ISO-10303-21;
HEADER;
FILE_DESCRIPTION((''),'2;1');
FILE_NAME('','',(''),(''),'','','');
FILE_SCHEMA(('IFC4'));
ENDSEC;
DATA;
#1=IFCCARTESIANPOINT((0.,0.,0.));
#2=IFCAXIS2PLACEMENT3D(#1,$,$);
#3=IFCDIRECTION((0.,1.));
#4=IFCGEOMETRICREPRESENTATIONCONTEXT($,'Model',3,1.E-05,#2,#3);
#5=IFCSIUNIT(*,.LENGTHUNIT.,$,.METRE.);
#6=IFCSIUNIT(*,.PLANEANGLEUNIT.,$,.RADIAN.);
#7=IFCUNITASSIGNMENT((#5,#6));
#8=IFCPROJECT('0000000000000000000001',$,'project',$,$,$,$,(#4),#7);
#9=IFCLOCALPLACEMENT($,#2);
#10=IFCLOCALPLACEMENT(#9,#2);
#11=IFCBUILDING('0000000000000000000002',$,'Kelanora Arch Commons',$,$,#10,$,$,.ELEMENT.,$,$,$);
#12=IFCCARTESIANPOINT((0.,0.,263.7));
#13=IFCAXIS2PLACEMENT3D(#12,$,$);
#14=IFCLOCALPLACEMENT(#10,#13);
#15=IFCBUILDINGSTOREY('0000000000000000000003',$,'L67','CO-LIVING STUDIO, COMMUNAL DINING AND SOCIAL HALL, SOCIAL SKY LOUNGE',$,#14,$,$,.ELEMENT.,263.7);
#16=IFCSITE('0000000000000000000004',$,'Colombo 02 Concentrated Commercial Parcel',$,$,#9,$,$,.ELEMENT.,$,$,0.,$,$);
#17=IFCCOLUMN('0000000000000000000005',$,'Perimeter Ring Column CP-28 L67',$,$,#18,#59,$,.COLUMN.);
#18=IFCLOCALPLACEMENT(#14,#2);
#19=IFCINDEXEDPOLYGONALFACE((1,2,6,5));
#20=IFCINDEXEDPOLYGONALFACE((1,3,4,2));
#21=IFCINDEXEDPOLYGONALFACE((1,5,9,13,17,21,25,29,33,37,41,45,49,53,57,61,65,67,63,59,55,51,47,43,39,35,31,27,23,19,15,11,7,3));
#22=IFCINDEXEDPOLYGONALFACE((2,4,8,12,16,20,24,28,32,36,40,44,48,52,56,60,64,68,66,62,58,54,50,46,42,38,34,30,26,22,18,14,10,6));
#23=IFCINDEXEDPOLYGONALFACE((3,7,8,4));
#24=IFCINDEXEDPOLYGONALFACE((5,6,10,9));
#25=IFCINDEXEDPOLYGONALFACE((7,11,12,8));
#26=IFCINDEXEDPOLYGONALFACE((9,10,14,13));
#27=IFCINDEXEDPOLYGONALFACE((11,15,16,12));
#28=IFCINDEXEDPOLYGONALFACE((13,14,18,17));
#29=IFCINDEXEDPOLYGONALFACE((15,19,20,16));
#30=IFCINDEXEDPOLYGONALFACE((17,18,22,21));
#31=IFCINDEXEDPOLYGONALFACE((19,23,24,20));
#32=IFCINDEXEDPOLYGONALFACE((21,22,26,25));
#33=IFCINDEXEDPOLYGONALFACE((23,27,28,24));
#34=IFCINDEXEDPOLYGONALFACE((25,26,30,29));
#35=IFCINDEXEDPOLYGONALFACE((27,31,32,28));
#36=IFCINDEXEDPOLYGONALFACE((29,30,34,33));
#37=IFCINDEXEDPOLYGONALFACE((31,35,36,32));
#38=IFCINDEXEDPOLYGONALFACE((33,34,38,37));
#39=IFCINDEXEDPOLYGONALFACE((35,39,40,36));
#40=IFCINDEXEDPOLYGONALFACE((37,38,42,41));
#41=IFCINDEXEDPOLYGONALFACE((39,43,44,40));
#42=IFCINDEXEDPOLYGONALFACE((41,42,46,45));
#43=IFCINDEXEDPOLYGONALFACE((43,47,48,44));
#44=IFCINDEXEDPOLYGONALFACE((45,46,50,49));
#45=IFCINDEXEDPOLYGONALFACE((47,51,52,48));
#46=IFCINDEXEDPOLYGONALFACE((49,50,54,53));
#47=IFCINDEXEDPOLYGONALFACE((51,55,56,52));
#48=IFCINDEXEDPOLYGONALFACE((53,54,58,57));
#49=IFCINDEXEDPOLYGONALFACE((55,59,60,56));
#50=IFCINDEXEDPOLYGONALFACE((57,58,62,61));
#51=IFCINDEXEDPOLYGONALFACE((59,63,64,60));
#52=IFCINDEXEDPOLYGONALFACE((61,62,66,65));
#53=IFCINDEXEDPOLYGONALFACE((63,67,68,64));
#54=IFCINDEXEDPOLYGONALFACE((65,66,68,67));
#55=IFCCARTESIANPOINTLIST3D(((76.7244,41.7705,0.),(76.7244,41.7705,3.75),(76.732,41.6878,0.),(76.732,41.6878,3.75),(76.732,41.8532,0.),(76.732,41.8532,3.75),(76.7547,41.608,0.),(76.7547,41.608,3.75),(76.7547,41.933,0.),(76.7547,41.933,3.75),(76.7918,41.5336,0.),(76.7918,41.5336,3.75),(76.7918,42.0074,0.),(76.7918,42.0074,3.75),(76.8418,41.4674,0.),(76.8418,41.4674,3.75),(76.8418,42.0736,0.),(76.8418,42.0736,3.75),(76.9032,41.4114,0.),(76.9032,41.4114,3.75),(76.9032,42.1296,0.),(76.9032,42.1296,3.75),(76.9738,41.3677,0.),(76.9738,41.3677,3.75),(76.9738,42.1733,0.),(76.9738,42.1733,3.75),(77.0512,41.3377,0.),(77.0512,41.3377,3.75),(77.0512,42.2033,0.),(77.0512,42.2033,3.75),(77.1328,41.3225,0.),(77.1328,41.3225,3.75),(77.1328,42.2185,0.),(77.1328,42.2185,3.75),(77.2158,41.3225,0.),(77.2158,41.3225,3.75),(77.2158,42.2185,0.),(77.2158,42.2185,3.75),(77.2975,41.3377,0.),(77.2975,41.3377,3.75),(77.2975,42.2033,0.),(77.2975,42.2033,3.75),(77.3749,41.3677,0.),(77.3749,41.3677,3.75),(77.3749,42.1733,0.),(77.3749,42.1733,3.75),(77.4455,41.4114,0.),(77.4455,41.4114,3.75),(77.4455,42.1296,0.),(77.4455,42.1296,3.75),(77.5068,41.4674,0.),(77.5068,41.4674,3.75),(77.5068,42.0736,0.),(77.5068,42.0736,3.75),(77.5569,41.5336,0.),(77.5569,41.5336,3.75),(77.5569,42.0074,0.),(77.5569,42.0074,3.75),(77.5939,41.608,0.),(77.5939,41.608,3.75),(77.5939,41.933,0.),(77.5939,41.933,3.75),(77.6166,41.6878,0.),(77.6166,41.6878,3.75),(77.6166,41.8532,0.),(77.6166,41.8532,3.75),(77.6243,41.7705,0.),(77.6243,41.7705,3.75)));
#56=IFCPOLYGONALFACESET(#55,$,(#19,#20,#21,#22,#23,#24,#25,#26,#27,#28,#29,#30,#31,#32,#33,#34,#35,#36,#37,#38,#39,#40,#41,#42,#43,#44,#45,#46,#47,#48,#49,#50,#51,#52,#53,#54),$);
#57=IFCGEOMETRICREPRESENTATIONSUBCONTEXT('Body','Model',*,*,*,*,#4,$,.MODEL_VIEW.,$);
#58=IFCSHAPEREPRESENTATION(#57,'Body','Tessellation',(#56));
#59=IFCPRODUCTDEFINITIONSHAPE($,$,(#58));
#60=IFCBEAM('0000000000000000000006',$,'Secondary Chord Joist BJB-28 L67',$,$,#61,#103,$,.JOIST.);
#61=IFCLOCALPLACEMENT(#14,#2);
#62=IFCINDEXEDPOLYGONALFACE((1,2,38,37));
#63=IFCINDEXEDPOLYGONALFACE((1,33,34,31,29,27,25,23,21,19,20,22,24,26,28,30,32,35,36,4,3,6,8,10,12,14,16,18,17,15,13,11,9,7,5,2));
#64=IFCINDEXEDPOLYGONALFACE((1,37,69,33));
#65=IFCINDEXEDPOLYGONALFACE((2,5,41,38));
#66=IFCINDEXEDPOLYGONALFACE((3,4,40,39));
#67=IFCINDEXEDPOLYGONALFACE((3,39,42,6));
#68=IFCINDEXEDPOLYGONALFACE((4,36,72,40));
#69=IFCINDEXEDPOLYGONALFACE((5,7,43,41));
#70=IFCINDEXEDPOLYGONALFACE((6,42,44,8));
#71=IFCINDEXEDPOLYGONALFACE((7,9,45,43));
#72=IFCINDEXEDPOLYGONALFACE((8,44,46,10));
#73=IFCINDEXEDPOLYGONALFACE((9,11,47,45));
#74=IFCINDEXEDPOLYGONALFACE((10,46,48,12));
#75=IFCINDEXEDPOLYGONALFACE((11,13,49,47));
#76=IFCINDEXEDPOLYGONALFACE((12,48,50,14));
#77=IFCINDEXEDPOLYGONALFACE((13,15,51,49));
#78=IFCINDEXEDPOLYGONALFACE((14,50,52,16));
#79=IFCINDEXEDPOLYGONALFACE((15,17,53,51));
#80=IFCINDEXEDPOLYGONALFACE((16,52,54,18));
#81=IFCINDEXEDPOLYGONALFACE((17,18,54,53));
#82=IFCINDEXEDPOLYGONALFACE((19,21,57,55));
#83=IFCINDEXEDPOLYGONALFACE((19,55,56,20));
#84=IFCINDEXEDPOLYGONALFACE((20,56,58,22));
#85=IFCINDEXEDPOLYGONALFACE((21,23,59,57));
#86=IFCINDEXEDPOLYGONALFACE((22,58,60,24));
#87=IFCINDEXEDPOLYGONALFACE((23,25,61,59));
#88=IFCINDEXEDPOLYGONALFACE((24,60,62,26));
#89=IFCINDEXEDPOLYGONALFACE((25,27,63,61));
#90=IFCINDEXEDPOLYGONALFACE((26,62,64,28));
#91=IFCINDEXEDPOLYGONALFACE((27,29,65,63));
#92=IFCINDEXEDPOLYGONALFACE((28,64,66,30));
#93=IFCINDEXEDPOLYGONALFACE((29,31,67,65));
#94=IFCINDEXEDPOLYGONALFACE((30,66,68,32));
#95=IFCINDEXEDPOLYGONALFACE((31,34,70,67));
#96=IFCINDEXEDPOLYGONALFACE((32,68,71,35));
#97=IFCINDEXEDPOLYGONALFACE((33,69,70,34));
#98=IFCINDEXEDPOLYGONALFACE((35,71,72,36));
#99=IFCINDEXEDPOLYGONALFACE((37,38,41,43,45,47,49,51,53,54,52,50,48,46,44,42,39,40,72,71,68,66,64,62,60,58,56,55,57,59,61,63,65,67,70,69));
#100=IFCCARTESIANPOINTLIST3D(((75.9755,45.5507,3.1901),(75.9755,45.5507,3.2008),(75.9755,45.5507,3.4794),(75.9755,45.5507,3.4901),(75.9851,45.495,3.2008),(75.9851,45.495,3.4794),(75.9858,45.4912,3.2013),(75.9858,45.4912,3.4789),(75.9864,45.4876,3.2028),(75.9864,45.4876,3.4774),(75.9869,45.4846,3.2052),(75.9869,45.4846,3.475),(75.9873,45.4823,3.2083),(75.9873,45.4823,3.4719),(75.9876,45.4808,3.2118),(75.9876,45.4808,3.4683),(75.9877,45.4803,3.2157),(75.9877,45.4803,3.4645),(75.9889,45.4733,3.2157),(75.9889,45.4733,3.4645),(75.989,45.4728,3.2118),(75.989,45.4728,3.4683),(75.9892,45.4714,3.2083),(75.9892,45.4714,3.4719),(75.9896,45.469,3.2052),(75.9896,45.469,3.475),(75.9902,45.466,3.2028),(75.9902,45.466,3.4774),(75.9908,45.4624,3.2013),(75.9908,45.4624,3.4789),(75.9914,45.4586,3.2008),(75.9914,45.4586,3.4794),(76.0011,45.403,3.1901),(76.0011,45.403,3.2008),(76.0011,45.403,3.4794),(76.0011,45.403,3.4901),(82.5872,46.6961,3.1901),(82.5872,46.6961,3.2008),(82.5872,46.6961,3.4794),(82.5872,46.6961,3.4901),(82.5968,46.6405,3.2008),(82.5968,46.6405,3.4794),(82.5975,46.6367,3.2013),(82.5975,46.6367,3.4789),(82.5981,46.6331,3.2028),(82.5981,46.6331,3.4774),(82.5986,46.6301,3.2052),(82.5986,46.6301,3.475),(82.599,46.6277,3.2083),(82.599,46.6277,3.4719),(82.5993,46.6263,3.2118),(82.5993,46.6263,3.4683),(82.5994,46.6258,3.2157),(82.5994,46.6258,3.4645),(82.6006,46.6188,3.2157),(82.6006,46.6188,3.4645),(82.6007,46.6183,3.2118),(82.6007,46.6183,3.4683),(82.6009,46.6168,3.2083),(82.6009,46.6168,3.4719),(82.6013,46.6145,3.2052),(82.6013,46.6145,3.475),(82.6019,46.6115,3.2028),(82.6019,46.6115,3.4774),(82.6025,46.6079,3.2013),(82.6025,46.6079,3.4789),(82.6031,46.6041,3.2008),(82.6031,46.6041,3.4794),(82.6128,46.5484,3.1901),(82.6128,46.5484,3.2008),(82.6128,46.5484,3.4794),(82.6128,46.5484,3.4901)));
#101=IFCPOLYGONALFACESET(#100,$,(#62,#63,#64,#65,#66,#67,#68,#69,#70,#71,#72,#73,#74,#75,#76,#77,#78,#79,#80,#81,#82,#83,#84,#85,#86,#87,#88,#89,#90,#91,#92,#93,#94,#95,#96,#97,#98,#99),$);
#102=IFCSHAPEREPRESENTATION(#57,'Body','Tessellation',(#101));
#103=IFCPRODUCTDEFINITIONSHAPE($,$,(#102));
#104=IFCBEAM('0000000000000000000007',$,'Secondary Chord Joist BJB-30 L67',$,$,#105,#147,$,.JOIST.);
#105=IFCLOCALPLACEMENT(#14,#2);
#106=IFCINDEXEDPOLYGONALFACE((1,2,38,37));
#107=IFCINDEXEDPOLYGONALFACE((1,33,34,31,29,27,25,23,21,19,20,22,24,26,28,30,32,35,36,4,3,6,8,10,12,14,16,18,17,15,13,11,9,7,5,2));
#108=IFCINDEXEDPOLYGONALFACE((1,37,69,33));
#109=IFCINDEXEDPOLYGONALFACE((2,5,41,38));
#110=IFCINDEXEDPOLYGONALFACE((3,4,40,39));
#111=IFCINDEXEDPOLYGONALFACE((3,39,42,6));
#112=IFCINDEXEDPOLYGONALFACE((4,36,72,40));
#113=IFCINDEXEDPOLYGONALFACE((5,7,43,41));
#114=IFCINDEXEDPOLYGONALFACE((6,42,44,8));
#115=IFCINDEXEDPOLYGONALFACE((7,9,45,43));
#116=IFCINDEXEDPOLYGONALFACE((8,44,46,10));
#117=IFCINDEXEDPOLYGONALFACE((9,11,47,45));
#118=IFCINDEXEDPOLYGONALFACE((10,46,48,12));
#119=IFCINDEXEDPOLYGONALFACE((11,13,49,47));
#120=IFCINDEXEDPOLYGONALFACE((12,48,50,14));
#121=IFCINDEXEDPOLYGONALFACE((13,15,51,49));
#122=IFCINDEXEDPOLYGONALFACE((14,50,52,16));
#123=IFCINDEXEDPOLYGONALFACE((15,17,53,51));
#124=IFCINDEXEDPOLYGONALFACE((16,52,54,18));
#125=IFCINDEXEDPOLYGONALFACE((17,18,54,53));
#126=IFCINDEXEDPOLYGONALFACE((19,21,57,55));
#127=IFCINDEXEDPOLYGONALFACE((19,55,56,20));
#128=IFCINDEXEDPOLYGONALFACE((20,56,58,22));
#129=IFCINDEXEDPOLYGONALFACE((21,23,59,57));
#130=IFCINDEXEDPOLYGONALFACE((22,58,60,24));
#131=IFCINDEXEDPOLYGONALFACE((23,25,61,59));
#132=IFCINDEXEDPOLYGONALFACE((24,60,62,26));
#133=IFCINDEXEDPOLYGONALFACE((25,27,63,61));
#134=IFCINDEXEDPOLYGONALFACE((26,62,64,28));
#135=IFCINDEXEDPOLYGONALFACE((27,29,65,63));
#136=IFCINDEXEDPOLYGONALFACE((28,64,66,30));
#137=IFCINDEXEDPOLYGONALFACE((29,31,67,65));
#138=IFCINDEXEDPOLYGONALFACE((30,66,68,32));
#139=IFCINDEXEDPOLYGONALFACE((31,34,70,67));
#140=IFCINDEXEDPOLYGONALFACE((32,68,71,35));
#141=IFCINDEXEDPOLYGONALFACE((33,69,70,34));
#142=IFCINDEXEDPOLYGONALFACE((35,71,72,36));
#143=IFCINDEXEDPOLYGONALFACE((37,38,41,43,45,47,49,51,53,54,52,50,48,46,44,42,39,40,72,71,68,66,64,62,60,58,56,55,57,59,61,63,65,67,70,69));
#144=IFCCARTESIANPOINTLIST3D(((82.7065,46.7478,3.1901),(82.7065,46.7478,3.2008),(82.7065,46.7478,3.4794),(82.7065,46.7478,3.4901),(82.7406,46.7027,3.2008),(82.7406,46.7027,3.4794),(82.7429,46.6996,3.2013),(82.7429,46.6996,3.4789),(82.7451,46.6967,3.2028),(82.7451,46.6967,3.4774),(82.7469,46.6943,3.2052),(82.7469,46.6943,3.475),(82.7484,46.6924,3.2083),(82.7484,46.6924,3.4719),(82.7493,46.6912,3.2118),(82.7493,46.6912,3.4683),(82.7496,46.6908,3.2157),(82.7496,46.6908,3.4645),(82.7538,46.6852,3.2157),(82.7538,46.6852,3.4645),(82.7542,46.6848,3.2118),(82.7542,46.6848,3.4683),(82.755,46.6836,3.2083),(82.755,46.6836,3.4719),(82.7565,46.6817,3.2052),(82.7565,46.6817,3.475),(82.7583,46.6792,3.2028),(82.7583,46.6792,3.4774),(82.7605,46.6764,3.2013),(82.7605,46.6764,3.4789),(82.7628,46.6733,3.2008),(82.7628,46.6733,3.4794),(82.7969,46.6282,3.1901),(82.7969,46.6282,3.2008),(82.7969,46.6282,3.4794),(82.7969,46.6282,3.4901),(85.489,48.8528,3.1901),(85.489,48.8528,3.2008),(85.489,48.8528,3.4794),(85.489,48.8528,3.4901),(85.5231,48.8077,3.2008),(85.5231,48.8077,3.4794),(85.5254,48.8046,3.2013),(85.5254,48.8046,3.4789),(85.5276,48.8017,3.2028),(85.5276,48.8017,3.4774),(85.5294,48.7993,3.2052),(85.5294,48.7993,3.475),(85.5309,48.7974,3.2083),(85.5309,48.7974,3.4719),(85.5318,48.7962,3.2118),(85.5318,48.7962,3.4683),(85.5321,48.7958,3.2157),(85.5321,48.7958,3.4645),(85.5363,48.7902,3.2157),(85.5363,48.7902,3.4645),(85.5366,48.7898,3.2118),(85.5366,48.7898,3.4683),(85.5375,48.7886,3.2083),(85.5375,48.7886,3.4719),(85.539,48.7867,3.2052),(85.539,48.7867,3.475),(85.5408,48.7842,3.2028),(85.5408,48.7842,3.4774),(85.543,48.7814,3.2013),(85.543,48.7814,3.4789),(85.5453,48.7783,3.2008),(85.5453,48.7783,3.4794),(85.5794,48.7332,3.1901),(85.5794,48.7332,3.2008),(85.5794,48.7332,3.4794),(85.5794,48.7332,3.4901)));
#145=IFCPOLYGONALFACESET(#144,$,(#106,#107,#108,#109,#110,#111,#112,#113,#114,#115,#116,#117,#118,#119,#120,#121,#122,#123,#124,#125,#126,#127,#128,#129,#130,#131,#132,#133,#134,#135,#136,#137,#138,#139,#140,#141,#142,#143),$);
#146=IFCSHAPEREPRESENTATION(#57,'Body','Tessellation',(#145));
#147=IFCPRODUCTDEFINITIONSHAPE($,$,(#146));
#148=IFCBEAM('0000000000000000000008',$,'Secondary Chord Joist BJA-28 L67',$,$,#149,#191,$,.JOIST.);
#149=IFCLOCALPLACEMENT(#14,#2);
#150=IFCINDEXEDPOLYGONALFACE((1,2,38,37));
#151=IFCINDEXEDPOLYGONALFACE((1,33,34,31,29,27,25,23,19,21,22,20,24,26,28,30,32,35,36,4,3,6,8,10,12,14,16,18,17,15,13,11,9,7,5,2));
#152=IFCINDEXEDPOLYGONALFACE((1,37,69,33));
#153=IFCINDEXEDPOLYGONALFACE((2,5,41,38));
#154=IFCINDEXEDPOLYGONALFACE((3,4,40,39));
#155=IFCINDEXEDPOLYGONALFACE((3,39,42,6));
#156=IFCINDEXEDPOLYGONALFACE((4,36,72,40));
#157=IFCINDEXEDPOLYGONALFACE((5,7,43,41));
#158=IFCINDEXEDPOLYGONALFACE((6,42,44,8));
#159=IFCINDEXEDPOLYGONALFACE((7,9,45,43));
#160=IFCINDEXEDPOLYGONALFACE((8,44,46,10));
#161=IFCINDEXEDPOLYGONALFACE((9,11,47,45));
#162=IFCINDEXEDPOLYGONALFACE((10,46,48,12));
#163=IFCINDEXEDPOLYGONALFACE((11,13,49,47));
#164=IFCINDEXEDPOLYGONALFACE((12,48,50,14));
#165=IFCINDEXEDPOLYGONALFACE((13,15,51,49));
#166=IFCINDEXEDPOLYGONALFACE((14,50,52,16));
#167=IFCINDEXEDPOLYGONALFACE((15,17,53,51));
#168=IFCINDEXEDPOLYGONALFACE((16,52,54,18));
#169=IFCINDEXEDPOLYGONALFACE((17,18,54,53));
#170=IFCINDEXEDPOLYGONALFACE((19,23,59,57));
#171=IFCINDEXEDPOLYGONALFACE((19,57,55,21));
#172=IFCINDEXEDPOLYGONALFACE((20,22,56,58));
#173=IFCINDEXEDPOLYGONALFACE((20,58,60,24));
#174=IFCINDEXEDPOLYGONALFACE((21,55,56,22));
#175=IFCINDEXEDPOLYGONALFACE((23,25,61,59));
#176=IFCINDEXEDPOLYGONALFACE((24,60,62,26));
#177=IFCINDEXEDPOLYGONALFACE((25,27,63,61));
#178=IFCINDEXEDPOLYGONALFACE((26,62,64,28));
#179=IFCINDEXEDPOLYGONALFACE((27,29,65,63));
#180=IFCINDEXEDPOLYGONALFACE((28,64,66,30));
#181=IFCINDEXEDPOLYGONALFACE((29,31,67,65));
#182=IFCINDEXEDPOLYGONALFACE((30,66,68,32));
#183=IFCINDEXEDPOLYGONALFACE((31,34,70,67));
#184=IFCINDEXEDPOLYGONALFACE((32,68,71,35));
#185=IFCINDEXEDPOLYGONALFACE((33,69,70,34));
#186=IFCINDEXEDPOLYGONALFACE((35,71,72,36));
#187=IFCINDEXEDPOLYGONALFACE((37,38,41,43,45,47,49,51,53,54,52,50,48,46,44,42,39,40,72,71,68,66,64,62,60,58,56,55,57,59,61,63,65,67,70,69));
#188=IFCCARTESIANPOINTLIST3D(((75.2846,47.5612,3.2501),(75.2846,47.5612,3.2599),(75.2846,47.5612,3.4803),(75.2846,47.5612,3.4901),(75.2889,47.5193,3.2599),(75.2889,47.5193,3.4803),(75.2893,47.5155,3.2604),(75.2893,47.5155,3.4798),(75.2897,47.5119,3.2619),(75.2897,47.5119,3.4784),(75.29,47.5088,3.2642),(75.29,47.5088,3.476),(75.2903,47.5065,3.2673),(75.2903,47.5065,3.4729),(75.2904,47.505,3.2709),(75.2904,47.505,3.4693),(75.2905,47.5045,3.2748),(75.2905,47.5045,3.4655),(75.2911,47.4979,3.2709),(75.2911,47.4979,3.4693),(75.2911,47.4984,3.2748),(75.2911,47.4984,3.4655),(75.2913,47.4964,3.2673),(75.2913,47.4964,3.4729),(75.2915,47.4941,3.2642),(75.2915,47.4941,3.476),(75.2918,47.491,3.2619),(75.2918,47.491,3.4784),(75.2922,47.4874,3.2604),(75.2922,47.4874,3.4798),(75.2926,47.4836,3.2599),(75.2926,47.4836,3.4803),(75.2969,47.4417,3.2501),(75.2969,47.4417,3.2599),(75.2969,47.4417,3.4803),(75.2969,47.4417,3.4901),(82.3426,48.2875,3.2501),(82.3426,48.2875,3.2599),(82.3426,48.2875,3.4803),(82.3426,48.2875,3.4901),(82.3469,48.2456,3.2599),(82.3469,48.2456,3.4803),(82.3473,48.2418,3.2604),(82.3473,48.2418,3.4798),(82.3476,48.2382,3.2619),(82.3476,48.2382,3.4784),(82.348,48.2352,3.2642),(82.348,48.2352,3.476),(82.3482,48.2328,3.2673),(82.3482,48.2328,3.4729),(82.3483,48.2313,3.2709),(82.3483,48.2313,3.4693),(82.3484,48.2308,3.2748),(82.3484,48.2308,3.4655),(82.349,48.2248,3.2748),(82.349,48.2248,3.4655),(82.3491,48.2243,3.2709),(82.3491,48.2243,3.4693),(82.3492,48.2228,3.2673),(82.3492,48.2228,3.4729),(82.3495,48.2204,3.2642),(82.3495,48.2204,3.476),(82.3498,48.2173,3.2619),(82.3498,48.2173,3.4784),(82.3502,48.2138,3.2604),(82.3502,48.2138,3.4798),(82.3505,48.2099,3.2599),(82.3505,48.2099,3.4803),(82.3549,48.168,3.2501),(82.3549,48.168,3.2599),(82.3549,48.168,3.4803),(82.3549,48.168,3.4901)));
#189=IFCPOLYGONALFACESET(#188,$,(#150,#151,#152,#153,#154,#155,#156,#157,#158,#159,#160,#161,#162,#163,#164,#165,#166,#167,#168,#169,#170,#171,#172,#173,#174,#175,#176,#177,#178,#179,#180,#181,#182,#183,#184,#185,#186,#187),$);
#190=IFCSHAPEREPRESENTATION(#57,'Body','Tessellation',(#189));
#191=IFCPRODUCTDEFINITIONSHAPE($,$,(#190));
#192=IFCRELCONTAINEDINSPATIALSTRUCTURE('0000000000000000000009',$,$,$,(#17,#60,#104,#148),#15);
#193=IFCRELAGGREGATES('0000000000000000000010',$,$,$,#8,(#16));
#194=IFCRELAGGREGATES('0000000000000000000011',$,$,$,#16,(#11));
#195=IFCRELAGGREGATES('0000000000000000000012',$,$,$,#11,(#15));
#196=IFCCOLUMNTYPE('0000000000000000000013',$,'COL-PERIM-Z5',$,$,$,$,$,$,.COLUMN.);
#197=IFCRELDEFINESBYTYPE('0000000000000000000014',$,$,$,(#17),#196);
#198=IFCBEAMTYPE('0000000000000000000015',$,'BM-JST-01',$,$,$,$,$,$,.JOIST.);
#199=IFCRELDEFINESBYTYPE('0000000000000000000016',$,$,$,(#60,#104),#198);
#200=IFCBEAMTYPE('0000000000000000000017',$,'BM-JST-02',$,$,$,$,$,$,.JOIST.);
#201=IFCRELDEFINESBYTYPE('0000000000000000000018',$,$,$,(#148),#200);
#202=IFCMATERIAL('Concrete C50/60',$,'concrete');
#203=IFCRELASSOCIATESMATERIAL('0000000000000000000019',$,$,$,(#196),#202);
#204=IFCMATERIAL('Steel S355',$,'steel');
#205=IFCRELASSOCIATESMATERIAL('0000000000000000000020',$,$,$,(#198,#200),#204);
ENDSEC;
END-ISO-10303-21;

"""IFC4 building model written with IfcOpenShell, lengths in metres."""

from ifc_helpers import new_model, si_unit, direction, frame, origin, origin_2d, place, context, subcontext, project, spatial, circle, i_section, extrude, material, material_profile, profile_set, type_object, element, save


model = new_model("IFC4")

# Units and contexts
model_context = context("Model", 3, precision=1e-05, world=origin(), true_north=direction((0.0, 1.0)))
body_context = subcontext(model_context, "Body", "Model", "MODEL_VIEW")
ifc_project = project(units=[si_unit("LENGTHUNIT", "METRE"), si_unit("PLANEANGLEUNIT", "RADIAN")], contexts=[model_context])

# Site, building, storey
site_placement = place(None, origin())
site = spatial("IfcSite", under=ifc_project, at=site_placement, Name="Colombo 02 Concentrated Commercial Parcel", CompositionType="ELEMENT", RefElevation=0.0)
building_placement = place(site_placement, origin())
building = spatial("IfcBuilding", under=site, at=building_placement, Name="Kelanora Arch Commons", CompositionType="ELEMENT")
storey_placement = place(building_placement, frame((0.0, 0.0, 263.7)))
storey = spatial("IfcBuildingStorey", under=building, at=storey_placement, Name="L67", Description="CO-LIVING STUDIO, COMMUNAL DINING AND SOCIAL HALL, SOCIAL SKY LOUNGE", CompositionType="ELEMENT", Elevation=263.7)

# Column
ifc_material_1 = material(Name="Concrete C50/60", Category="concrete")
ifc_material_profile_1 = material_profile(ifc_material_1, circle(Radius=0.45, at=origin_2d()), Name="RCC900")
ifc_profile_set_1 = profile_set([ifc_material_profile_1], Name="Concrete C50/60")
column_type = type_object("IfcColumnType", Name="COL-PERIM-Z5", PredefinedType="COLUMN", material=ifc_profile_set_1)
column_placement = place(storey_placement, frame((77.1743, 41.7705, 0.0), z_axis=(0.0, 0.0, 1.0), x_axis=(1.0, 0.0, 0.0)))
element("IfcColumn", 1, at=column_placement, inside=storey, type_object=column_type, Name="Perimeter Ring Column CP-28 L67", PredefinedType="COLUMN", context=body_context, shape_type="SweptSolid", body=[
    extrude(circle(Radius=0.45, at=origin_2d()), origin(), (0.0, 0.0, 1.0), 3.75),
])

# Beams
ifc_material_2 = material(Name="Steel S355", Category="steel")
ifc_material_profile_2 = material_profile(ifc_material_2, i_section(OverallWidth=0.1499, OverallDepth=0.3, WebThickness=0.0071, FlangeThickness=0.0107, FilletRadius=0.0149, at=origin_2d()), Name="IPE300")
ifc_profile_set_2 = profile_set([ifc_material_profile_2], Name="Steel S355")
beam_type_1 = type_object("IfcBeamType", Name="BM-JST-01", PredefinedType="JOIST", material=ifc_profile_set_2)
beam_1_placement = place(storey_placement, frame((75.9883, 45.4768, 3.3401), z_axis=(0.985322, 0.170709, 0.0), x_axis=(-0.170709, 0.985322, 0.0)))
element("IfcBeam", 2, at=beam_1_placement, inside=storey, type_object=beam_type_1, Name="Secondary Chord Joist BJB-28 L67", PredefinedType="JOIST", context=body_context, shape_type="SweptSolid", body=[
    extrude(i_section(OverallWidth=0.1499, OverallDepth=0.3, WebThickness=0.0071, FlangeThickness=0.0107, FilletRadius=0.0149, at=origin_2d()), origin(), (0.0, 0.0, 1.0), 6.7102),
])
beam_2_placement = place(storey_placement, frame((82.7517, 46.688, 3.3401), z_axis=(0.797499, 0.60332, 0.0), x_axis=(-0.60332, 0.797499, 0.0)))
element("IfcBeam", 3, at=beam_2_placement, inside=storey, type_object=beam_type_1, Name="Secondary Chord Joist BJB-30 L67", PredefinedType="JOIST", context=body_context, shape_type="SweptSolid", body=[
    extrude(i_section(OverallWidth=0.1499, OverallDepth=0.3, WebThickness=0.0071, FlangeThickness=0.0107, FilletRadius=0.0149, at=origin_2d()), origin(), (0.0, 0.0, 1.0), 3.489),
])
ifc_material_profile_3 = material_profile(ifc_material_2, i_section(OverallWidth=0.1201, OverallDepth=0.24, WebThickness=0.0061, FlangeThickness=0.0098, FilletRadius=0.0149, at=origin_2d()), Name="IPE240")
ifc_profile_set_3 = profile_set([ifc_material_profile_3], Name="Steel S355")
beam_type_2 = type_object("IfcBeamType", Name="BM-JST-02", PredefinedType="JOIST", material=ifc_profile_set_3)
beam_3_placement = place(storey_placement, frame((75.2908, 47.5015, 3.3701), z_axis=(0.994747, 0.102369, 0.0), x_axis=(-0.102369, 0.994747, 0.0)))
element("IfcBeam", 4, at=beam_3_placement, inside=storey, type_object=beam_type_2, Name="Secondary Chord Joist BJA-28 L67", PredefinedType="JOIST", context=body_context, shape_type="SweptSolid", body=[
    extrude(i_section(OverallWidth=0.1201, OverallDepth=0.24, WebThickness=0.0061, FlangeThickness=0.0098, FilletRadius=0.0149, at=origin_2d()), origin(), (0.0, 0.0, 1.0), 7.0952),
])

save(model, "model.ifc")
